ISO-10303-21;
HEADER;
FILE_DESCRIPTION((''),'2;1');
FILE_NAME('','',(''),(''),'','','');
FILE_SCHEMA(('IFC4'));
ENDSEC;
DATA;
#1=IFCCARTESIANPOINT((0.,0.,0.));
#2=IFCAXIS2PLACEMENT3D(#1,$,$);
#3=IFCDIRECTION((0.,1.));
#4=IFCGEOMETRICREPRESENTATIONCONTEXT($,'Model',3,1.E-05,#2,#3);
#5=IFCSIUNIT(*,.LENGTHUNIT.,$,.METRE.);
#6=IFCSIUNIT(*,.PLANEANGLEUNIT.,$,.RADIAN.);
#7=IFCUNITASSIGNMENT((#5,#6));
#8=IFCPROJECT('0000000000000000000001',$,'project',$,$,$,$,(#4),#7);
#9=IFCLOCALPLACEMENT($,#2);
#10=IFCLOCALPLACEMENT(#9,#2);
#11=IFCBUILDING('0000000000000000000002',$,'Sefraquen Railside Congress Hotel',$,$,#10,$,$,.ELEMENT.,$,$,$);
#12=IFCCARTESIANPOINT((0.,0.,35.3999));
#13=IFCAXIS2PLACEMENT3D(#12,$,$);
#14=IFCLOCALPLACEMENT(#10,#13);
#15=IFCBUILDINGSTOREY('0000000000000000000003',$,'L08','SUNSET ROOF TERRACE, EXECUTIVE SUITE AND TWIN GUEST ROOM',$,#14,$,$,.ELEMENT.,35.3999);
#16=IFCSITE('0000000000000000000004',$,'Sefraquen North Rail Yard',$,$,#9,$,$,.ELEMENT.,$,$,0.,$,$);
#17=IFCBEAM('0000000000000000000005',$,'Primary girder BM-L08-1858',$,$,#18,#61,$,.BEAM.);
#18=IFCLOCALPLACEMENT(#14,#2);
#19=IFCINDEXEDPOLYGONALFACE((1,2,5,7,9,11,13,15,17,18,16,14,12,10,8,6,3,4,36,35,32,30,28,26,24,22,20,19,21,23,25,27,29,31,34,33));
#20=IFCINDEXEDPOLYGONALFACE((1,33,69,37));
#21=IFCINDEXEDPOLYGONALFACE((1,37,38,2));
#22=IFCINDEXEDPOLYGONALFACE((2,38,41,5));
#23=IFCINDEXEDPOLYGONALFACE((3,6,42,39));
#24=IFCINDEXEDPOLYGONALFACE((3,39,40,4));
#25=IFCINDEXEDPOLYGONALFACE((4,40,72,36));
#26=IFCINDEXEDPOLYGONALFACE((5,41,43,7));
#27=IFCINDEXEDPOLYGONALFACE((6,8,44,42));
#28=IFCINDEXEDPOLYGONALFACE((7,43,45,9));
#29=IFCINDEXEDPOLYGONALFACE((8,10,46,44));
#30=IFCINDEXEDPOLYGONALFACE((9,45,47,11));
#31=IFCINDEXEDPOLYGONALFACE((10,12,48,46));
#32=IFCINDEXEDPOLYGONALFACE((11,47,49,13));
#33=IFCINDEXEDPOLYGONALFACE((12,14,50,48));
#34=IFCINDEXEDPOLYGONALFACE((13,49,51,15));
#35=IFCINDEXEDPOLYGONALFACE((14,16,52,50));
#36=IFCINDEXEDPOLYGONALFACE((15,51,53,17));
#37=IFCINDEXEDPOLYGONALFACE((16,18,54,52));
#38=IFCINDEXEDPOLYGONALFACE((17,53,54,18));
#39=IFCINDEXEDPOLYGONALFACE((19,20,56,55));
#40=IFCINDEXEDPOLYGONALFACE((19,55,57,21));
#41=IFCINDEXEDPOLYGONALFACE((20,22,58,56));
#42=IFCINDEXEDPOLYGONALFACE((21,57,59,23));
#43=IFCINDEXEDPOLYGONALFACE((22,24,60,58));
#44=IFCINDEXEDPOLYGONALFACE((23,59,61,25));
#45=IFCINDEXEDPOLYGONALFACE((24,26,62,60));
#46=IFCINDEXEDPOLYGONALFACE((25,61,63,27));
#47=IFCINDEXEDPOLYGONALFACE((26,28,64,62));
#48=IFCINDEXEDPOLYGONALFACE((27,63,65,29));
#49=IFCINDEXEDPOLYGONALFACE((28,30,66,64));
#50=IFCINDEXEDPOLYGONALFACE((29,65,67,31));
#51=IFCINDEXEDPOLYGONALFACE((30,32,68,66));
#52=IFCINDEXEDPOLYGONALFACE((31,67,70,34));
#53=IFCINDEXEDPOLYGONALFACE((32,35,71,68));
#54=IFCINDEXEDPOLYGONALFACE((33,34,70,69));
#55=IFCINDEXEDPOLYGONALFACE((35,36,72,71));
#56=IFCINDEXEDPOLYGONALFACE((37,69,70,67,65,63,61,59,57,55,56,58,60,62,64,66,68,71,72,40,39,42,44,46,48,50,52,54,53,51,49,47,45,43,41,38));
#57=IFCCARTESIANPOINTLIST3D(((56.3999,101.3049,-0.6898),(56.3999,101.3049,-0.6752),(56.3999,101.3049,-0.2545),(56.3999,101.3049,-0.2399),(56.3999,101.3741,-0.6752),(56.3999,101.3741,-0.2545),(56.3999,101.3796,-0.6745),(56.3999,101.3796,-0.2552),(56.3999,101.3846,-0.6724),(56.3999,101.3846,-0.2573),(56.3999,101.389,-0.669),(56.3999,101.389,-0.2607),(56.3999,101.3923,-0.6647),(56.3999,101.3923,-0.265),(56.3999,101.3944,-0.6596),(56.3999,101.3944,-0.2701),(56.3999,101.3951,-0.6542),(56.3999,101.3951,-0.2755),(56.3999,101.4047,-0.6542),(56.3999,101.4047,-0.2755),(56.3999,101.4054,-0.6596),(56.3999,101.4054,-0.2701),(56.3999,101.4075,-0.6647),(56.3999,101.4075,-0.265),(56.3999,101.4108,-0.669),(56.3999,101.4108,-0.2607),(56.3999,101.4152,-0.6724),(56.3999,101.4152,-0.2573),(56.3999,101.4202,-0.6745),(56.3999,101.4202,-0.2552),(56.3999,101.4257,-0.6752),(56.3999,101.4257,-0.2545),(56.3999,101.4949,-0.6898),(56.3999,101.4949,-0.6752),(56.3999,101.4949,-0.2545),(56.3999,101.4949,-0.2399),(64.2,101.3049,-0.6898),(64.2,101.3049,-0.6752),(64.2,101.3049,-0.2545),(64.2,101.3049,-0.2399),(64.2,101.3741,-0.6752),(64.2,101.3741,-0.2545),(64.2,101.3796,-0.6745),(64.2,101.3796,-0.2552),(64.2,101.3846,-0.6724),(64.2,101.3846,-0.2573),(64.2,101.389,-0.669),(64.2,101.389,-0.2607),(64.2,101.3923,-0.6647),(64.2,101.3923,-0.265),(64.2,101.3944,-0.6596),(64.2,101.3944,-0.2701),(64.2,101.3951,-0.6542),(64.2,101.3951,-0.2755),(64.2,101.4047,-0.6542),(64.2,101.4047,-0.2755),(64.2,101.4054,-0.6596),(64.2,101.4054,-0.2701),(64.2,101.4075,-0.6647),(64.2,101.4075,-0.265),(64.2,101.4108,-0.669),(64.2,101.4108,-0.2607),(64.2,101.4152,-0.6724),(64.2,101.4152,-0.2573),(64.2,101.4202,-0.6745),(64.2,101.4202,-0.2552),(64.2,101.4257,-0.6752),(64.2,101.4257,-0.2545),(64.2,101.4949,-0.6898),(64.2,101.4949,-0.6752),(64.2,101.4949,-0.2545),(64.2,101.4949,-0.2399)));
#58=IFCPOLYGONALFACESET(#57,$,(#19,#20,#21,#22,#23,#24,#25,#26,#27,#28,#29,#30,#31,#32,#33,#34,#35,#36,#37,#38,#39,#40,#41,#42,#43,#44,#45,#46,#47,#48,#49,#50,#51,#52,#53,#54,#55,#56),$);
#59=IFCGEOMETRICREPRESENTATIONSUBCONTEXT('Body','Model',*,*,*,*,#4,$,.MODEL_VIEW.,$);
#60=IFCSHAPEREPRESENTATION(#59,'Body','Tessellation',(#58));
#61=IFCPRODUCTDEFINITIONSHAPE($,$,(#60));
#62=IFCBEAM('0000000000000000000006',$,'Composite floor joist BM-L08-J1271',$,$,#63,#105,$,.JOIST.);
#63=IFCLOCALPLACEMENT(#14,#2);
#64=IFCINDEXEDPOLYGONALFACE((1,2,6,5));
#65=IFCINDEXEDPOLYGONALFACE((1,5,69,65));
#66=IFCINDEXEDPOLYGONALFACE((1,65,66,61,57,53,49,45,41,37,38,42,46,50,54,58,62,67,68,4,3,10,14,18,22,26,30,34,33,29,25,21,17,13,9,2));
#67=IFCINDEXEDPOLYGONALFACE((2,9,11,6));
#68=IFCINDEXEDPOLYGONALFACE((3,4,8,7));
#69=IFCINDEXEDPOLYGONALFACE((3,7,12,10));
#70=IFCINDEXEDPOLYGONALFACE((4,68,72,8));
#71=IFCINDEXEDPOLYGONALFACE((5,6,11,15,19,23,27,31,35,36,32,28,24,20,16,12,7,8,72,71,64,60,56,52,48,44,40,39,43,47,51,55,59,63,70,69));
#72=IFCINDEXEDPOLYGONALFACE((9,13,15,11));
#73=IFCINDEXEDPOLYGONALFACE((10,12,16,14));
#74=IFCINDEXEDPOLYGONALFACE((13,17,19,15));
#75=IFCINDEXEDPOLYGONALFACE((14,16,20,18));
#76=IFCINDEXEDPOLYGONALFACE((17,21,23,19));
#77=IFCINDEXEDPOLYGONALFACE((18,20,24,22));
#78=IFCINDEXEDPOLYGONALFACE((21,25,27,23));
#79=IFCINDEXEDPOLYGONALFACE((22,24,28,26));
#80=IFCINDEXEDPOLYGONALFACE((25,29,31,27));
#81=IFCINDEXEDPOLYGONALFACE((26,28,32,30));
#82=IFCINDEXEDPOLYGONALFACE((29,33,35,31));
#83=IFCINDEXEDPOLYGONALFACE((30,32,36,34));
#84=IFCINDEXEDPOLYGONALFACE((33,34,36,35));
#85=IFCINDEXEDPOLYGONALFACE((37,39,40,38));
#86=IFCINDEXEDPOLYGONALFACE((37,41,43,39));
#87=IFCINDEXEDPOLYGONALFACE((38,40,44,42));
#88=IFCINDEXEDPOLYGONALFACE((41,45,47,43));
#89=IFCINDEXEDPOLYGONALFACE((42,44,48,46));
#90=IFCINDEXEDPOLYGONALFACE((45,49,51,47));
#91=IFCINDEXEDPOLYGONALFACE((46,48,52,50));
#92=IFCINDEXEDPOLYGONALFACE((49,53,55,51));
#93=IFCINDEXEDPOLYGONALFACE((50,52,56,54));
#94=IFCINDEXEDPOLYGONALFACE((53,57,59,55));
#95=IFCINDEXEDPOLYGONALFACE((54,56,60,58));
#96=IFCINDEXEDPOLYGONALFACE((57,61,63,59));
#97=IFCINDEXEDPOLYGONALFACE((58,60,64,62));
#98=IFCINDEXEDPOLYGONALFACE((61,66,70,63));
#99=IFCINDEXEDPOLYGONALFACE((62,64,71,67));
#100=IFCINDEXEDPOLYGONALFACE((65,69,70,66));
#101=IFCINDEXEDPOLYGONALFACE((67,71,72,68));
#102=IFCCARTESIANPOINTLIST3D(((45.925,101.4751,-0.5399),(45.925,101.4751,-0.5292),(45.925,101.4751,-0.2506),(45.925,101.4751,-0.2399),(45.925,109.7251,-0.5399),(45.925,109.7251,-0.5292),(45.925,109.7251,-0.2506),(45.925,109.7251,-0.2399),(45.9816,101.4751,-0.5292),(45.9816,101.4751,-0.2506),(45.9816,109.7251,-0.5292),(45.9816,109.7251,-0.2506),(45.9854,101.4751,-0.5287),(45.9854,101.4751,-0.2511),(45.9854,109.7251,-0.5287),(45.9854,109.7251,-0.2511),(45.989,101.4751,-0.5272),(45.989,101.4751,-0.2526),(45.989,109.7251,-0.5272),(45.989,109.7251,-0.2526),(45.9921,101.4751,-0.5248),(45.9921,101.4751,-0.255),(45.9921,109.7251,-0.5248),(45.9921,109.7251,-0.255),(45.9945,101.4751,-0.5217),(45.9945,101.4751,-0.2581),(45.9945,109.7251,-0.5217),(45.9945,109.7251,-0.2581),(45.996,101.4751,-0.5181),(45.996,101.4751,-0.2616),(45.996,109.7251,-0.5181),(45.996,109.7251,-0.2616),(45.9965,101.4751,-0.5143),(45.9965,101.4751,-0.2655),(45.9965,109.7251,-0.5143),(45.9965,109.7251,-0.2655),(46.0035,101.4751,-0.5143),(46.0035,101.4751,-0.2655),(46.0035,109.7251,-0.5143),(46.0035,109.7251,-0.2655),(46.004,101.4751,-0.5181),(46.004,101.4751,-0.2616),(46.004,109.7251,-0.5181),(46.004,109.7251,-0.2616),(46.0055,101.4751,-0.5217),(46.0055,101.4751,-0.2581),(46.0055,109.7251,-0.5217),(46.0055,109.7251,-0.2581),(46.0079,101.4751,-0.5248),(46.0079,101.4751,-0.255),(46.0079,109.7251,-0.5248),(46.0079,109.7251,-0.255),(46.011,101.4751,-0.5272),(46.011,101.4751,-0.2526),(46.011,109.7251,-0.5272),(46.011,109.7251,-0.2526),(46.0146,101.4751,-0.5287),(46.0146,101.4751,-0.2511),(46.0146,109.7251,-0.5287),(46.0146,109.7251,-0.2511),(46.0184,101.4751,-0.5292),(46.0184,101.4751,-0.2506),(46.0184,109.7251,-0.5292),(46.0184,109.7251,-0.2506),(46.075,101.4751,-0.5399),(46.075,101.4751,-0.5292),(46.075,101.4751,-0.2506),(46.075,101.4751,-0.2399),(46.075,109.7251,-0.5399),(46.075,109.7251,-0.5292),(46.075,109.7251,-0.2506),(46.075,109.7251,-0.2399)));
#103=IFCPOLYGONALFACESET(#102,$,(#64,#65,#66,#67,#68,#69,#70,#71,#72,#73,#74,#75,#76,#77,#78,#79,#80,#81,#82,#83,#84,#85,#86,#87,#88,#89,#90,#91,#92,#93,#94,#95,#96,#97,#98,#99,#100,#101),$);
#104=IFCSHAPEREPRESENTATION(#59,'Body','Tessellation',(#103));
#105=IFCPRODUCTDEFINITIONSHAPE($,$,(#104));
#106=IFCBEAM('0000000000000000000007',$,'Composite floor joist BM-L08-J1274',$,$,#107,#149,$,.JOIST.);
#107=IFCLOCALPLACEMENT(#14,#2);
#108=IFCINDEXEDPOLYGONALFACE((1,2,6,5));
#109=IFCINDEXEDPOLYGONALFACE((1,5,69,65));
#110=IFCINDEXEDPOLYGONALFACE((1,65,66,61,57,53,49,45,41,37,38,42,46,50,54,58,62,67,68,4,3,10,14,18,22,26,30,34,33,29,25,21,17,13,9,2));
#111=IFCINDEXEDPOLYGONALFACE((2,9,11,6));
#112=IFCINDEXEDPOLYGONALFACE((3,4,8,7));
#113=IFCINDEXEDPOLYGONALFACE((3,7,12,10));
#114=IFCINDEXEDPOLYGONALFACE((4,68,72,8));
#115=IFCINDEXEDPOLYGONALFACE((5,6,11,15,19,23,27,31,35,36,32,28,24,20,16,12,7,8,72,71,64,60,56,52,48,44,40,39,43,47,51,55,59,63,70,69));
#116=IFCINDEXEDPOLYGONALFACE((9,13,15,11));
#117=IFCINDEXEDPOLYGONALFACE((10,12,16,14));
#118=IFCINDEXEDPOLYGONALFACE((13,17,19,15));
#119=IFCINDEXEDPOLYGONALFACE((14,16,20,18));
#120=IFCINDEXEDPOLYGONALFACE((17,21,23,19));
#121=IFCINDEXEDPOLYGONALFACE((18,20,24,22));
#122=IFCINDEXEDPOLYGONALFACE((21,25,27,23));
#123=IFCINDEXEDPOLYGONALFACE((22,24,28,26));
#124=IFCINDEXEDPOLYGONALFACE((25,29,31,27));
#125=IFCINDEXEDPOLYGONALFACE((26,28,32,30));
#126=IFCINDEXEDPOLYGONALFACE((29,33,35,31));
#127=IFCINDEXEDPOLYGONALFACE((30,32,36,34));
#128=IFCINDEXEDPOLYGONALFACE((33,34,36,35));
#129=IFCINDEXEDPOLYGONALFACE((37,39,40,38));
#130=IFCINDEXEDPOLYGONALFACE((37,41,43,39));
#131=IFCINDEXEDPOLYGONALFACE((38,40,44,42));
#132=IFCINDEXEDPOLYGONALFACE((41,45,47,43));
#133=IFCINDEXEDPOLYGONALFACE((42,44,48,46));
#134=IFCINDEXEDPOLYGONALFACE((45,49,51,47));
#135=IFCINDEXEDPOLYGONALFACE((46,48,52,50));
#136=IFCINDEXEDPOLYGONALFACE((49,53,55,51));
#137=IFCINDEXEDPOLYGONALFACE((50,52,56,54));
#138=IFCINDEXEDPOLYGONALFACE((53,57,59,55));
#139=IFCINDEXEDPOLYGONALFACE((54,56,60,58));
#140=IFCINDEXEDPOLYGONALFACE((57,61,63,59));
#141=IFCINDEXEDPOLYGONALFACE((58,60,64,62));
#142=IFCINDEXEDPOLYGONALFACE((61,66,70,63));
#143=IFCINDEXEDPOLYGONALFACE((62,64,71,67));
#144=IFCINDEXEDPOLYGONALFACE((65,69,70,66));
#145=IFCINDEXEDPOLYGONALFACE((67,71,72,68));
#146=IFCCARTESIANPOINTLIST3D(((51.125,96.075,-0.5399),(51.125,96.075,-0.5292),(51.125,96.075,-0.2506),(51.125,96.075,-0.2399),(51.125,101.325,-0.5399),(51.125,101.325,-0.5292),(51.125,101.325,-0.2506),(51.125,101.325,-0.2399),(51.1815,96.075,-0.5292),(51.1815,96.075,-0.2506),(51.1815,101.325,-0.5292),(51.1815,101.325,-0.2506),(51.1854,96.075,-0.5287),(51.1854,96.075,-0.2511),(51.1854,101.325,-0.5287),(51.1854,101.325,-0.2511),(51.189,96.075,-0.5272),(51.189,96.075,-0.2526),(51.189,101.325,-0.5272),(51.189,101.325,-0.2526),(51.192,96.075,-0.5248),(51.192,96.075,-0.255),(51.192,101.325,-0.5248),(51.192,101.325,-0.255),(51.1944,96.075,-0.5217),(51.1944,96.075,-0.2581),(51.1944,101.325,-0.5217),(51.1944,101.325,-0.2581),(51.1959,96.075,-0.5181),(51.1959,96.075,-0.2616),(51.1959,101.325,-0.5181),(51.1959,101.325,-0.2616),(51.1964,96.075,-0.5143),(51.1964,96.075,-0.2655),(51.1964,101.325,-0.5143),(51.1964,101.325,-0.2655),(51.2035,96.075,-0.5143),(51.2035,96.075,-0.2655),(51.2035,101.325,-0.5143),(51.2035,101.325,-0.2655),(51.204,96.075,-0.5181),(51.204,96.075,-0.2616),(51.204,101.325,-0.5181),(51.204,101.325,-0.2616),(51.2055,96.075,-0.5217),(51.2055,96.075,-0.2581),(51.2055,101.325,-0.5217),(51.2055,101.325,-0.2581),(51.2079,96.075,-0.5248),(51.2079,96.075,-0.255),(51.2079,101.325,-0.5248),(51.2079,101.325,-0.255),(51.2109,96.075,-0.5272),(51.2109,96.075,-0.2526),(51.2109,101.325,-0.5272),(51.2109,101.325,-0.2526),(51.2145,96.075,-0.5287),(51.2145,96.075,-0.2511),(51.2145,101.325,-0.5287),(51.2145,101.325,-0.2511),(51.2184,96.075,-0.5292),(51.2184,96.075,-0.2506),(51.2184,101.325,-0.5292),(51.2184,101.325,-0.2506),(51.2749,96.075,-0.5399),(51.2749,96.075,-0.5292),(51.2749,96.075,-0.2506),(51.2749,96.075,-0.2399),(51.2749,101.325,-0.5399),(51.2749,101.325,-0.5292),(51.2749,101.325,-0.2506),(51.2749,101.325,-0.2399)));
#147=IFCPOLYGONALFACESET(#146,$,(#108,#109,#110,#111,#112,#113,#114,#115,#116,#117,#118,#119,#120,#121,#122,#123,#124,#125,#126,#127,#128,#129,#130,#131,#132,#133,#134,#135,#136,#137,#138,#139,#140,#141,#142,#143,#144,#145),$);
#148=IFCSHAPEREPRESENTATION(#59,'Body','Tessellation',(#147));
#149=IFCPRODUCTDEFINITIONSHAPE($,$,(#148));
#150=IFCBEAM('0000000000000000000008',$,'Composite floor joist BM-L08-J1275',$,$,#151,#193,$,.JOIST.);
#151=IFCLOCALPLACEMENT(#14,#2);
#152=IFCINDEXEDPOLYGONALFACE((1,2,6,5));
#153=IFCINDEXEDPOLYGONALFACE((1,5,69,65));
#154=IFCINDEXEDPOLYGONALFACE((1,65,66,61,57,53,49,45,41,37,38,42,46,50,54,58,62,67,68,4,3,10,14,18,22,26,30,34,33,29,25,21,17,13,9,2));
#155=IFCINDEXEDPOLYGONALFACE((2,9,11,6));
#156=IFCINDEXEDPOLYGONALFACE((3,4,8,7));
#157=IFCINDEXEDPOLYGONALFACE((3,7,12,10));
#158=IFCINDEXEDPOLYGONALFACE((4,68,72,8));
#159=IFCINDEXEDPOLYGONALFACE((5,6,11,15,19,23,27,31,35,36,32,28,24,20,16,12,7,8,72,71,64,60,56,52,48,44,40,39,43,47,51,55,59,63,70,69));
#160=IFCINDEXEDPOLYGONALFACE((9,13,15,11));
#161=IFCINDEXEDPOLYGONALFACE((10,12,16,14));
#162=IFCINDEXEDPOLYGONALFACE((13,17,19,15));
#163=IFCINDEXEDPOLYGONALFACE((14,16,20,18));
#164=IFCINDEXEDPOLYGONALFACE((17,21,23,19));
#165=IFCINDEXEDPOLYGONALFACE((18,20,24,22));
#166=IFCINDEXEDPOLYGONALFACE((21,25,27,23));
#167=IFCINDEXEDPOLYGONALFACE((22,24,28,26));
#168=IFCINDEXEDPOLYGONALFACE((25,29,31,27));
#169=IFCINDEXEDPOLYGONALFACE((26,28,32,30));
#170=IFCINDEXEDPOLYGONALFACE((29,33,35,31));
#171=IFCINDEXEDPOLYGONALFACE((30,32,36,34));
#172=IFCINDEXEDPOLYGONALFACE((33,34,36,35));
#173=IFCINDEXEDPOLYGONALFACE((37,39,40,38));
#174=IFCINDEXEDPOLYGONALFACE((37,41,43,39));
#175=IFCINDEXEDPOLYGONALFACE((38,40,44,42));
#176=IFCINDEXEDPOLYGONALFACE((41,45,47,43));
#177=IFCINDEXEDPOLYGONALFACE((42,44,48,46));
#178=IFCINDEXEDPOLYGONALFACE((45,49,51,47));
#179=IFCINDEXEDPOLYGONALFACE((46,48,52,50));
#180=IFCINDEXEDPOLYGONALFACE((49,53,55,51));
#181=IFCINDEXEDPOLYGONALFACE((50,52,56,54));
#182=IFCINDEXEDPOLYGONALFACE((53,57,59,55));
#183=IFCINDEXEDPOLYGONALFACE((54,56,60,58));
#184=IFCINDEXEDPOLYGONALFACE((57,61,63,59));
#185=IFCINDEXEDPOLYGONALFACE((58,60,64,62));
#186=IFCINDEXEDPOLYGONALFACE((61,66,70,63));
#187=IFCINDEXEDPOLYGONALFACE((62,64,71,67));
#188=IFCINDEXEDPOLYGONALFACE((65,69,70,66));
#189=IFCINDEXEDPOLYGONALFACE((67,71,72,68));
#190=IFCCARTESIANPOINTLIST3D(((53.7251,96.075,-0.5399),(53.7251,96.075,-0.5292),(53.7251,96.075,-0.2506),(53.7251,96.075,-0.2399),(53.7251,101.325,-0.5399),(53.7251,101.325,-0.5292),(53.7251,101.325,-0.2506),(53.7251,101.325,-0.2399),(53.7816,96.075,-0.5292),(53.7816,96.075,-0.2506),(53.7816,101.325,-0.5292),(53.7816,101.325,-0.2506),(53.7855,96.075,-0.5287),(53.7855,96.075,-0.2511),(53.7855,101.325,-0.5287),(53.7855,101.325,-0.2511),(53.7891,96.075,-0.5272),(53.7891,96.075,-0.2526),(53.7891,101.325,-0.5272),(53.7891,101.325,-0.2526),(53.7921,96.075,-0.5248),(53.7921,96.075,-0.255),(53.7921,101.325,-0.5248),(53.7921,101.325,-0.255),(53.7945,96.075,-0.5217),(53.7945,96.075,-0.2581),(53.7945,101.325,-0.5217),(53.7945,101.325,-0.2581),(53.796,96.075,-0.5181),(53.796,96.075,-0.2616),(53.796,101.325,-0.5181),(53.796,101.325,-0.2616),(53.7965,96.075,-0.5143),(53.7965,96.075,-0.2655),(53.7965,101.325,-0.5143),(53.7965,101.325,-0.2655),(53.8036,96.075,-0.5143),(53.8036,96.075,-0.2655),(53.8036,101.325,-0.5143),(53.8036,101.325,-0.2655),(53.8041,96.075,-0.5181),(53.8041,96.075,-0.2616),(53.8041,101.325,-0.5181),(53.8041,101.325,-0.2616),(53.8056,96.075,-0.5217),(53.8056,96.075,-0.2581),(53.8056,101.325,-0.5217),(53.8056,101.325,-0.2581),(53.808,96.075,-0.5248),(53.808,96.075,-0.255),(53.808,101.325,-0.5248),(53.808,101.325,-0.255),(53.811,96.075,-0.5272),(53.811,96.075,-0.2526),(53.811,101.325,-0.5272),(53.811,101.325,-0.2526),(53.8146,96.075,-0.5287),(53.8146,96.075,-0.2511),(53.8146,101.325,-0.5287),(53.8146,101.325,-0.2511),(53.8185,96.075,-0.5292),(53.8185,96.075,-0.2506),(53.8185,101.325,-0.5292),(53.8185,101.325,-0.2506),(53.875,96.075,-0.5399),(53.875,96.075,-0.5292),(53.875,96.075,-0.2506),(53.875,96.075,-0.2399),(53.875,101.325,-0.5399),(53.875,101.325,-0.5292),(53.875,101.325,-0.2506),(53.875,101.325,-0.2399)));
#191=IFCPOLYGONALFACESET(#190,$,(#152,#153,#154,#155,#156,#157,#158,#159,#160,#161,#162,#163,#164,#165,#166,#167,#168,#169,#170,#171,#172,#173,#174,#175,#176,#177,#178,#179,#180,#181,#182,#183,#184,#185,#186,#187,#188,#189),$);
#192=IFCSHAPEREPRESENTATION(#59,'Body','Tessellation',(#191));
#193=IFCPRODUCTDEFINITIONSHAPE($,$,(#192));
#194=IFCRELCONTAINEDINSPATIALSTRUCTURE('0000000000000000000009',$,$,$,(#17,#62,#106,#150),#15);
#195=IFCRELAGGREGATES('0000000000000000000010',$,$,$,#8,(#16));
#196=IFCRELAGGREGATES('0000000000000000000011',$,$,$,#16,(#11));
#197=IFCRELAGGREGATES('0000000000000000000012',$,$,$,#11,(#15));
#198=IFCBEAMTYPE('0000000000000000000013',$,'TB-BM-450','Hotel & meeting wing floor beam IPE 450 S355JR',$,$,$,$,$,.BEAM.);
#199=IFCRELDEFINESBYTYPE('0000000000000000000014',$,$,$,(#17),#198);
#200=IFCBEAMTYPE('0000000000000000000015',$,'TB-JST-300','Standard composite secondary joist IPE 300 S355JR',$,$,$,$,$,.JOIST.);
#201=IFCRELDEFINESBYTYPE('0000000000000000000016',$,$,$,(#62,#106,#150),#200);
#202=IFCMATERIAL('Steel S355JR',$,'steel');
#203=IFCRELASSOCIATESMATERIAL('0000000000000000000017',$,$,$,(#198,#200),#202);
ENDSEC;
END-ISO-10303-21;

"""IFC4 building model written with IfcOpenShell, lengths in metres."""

from ifc_helpers import new_model, si_unit, direction, frame, origin, origin_2d, place, context, subcontext, project, spatial, i_section, extrude, material, material_profile, profile_set, type_object, element, save


model = new_model("IFC4")

# Units and contexts
model_context = context("Model", 3, precision=1e-05, world=origin(), true_north=direction((0.0, 1.0)))
body_context = subcontext(model_context, "Body", "Model", "MODEL_VIEW")
ifc_project = project(units=[si_unit("LENGTHUNIT", "METRE"), si_unit("PLANEANGLEUNIT", "RADIAN")], contexts=[model_context])

# Site, building, storey
site_placement = place(None, origin())
site = spatial("IfcSite", under=ifc_project, at=site_placement, Name="Sefraquen North Rail Yard", CompositionType="ELEMENT", RefElevation=0.0)
building_placement = place(site_placement, origin())
building = spatial("IfcBuilding", under=site, at=building_placement, Name="Sefraquen Railside Congress Hotel", CompositionType="ELEMENT")
storey_placement = place(building_placement, frame((0.0, 0.0, 35.3999)))
storey = spatial("IfcBuildingStorey", under=building, at=storey_placement, Name="L08", Description="SUNSET ROOF TERRACE, EXECUTIVE SUITE AND TWIN GUEST ROOM", CompositionType="ELEMENT", Elevation=35.3999)

# Shared definitions
ifc_material_1 = material(Name="Steel S355JR", Category="steel")

# Beams
ifc_material_profile_1 = material_profile(ifc_material_1, i_section(OverallWidth=0.1899, OverallDepth=0.45, WebThickness=0.0095, FlangeThickness=0.0146, FilletRadius=0.021, at=origin_2d()), Name="IPE 450")
ifc_profile_set_1 = profile_set([ifc_material_profile_1], Name="Steel S355JR")
beam_type_1 = type_object("IfcBeamType", Name="TB-BM-450", Description="Hotel & meeting wing floor beam IPE 450 S355JR", PredefinedType="BEAM", material=ifc_profile_set_1)
beam_1_placement = place(storey_placement, frame((56.3999, 101.3999, -0.4648), z_axis=(1.0, 0.0, 0.0), x_axis=(0.0, 1.0, 0.0)))
element("IfcBeam", 1, at=beam_1_placement, inside=storey, type_object=beam_type_1, Name="Primary girder BM-L08-1858", PredefinedType="BEAM", context=body_context, shape_type="SweptSolid", body=[
    extrude(i_section(OverallWidth=0.1899, OverallDepth=0.45, WebThickness=0.0095, FlangeThickness=0.0146, FilletRadius=0.021, at=origin_2d()), origin(), (0.0, 0.0, 1.0), 7.8),
])
ifc_material_profile_2 = material_profile(ifc_material_1, i_section(OverallWidth=0.1499, OverallDepth=0.3, WebThickness=0.0071, FlangeThickness=0.0107, FilletRadius=0.0149, at=origin_2d()), Name="IPE 300")
ifc_profile_set_2 = profile_set([ifc_material_profile_2], Name="Steel S355JR")
beam_type_2 = type_object("IfcBeamType", Name="TB-JST-300", Description="Standard composite secondary joist IPE 300 S355JR", PredefinedType="JOIST", material=ifc_profile_set_2)
beam_2_placement = place(storey_placement, frame((46.0, 101.4751, -0.3899), z_axis=(0.0, 1.0, 0.0), x_axis=(-1.0, 0.0, 0.0)))
element("IfcBeam", 2, at=beam_2_placement, inside=storey, type_object=beam_type_2, Name="Composite floor joist BM-L08-J1271", PredefinedType="JOIST", context=body_context, shape_type="SweptSolid", body=[
    extrude(i_section(OverallWidth=0.1499, OverallDepth=0.3, WebThickness=0.0071, FlangeThickness=0.0107, FilletRadius=0.0149, at=origin_2d()), origin(), (0.0, 0.0, 1.0), 8.25),
])
for number, where, z_axis, x_axis, name in (
    (3, (51.2, 96.075, -0.3899), (0.0, 1.0, 0.0), (-1.0, 0.0, 0.0), "Composite floor joist BM-L08-J1274"),
    (4, (53.8, 96.075, -0.3899), (0.0, 1.0, 0.0), (-1.0, 0.0, 0.0), "Composite floor joist BM-L08-J1275"),
):
    element("IfcBeam", number, at=place(storey_placement, frame(where, z_axis=z_axis, x_axis=x_axis)), inside=storey, type_object=beam_type_2, Name=name, PredefinedType="JOIST", context=body_context, shape_type="SweptSolid", body=[
        extrude(i_section(OverallWidth=0.1499, OverallDepth=0.3, WebThickness=0.0071, FlangeThickness=0.0107, FilletRadius=0.0149, at=origin_2d()), origin(), (0.0, 0.0, 1.0), 5.25),
    ])

save(model, "model.ifc")
